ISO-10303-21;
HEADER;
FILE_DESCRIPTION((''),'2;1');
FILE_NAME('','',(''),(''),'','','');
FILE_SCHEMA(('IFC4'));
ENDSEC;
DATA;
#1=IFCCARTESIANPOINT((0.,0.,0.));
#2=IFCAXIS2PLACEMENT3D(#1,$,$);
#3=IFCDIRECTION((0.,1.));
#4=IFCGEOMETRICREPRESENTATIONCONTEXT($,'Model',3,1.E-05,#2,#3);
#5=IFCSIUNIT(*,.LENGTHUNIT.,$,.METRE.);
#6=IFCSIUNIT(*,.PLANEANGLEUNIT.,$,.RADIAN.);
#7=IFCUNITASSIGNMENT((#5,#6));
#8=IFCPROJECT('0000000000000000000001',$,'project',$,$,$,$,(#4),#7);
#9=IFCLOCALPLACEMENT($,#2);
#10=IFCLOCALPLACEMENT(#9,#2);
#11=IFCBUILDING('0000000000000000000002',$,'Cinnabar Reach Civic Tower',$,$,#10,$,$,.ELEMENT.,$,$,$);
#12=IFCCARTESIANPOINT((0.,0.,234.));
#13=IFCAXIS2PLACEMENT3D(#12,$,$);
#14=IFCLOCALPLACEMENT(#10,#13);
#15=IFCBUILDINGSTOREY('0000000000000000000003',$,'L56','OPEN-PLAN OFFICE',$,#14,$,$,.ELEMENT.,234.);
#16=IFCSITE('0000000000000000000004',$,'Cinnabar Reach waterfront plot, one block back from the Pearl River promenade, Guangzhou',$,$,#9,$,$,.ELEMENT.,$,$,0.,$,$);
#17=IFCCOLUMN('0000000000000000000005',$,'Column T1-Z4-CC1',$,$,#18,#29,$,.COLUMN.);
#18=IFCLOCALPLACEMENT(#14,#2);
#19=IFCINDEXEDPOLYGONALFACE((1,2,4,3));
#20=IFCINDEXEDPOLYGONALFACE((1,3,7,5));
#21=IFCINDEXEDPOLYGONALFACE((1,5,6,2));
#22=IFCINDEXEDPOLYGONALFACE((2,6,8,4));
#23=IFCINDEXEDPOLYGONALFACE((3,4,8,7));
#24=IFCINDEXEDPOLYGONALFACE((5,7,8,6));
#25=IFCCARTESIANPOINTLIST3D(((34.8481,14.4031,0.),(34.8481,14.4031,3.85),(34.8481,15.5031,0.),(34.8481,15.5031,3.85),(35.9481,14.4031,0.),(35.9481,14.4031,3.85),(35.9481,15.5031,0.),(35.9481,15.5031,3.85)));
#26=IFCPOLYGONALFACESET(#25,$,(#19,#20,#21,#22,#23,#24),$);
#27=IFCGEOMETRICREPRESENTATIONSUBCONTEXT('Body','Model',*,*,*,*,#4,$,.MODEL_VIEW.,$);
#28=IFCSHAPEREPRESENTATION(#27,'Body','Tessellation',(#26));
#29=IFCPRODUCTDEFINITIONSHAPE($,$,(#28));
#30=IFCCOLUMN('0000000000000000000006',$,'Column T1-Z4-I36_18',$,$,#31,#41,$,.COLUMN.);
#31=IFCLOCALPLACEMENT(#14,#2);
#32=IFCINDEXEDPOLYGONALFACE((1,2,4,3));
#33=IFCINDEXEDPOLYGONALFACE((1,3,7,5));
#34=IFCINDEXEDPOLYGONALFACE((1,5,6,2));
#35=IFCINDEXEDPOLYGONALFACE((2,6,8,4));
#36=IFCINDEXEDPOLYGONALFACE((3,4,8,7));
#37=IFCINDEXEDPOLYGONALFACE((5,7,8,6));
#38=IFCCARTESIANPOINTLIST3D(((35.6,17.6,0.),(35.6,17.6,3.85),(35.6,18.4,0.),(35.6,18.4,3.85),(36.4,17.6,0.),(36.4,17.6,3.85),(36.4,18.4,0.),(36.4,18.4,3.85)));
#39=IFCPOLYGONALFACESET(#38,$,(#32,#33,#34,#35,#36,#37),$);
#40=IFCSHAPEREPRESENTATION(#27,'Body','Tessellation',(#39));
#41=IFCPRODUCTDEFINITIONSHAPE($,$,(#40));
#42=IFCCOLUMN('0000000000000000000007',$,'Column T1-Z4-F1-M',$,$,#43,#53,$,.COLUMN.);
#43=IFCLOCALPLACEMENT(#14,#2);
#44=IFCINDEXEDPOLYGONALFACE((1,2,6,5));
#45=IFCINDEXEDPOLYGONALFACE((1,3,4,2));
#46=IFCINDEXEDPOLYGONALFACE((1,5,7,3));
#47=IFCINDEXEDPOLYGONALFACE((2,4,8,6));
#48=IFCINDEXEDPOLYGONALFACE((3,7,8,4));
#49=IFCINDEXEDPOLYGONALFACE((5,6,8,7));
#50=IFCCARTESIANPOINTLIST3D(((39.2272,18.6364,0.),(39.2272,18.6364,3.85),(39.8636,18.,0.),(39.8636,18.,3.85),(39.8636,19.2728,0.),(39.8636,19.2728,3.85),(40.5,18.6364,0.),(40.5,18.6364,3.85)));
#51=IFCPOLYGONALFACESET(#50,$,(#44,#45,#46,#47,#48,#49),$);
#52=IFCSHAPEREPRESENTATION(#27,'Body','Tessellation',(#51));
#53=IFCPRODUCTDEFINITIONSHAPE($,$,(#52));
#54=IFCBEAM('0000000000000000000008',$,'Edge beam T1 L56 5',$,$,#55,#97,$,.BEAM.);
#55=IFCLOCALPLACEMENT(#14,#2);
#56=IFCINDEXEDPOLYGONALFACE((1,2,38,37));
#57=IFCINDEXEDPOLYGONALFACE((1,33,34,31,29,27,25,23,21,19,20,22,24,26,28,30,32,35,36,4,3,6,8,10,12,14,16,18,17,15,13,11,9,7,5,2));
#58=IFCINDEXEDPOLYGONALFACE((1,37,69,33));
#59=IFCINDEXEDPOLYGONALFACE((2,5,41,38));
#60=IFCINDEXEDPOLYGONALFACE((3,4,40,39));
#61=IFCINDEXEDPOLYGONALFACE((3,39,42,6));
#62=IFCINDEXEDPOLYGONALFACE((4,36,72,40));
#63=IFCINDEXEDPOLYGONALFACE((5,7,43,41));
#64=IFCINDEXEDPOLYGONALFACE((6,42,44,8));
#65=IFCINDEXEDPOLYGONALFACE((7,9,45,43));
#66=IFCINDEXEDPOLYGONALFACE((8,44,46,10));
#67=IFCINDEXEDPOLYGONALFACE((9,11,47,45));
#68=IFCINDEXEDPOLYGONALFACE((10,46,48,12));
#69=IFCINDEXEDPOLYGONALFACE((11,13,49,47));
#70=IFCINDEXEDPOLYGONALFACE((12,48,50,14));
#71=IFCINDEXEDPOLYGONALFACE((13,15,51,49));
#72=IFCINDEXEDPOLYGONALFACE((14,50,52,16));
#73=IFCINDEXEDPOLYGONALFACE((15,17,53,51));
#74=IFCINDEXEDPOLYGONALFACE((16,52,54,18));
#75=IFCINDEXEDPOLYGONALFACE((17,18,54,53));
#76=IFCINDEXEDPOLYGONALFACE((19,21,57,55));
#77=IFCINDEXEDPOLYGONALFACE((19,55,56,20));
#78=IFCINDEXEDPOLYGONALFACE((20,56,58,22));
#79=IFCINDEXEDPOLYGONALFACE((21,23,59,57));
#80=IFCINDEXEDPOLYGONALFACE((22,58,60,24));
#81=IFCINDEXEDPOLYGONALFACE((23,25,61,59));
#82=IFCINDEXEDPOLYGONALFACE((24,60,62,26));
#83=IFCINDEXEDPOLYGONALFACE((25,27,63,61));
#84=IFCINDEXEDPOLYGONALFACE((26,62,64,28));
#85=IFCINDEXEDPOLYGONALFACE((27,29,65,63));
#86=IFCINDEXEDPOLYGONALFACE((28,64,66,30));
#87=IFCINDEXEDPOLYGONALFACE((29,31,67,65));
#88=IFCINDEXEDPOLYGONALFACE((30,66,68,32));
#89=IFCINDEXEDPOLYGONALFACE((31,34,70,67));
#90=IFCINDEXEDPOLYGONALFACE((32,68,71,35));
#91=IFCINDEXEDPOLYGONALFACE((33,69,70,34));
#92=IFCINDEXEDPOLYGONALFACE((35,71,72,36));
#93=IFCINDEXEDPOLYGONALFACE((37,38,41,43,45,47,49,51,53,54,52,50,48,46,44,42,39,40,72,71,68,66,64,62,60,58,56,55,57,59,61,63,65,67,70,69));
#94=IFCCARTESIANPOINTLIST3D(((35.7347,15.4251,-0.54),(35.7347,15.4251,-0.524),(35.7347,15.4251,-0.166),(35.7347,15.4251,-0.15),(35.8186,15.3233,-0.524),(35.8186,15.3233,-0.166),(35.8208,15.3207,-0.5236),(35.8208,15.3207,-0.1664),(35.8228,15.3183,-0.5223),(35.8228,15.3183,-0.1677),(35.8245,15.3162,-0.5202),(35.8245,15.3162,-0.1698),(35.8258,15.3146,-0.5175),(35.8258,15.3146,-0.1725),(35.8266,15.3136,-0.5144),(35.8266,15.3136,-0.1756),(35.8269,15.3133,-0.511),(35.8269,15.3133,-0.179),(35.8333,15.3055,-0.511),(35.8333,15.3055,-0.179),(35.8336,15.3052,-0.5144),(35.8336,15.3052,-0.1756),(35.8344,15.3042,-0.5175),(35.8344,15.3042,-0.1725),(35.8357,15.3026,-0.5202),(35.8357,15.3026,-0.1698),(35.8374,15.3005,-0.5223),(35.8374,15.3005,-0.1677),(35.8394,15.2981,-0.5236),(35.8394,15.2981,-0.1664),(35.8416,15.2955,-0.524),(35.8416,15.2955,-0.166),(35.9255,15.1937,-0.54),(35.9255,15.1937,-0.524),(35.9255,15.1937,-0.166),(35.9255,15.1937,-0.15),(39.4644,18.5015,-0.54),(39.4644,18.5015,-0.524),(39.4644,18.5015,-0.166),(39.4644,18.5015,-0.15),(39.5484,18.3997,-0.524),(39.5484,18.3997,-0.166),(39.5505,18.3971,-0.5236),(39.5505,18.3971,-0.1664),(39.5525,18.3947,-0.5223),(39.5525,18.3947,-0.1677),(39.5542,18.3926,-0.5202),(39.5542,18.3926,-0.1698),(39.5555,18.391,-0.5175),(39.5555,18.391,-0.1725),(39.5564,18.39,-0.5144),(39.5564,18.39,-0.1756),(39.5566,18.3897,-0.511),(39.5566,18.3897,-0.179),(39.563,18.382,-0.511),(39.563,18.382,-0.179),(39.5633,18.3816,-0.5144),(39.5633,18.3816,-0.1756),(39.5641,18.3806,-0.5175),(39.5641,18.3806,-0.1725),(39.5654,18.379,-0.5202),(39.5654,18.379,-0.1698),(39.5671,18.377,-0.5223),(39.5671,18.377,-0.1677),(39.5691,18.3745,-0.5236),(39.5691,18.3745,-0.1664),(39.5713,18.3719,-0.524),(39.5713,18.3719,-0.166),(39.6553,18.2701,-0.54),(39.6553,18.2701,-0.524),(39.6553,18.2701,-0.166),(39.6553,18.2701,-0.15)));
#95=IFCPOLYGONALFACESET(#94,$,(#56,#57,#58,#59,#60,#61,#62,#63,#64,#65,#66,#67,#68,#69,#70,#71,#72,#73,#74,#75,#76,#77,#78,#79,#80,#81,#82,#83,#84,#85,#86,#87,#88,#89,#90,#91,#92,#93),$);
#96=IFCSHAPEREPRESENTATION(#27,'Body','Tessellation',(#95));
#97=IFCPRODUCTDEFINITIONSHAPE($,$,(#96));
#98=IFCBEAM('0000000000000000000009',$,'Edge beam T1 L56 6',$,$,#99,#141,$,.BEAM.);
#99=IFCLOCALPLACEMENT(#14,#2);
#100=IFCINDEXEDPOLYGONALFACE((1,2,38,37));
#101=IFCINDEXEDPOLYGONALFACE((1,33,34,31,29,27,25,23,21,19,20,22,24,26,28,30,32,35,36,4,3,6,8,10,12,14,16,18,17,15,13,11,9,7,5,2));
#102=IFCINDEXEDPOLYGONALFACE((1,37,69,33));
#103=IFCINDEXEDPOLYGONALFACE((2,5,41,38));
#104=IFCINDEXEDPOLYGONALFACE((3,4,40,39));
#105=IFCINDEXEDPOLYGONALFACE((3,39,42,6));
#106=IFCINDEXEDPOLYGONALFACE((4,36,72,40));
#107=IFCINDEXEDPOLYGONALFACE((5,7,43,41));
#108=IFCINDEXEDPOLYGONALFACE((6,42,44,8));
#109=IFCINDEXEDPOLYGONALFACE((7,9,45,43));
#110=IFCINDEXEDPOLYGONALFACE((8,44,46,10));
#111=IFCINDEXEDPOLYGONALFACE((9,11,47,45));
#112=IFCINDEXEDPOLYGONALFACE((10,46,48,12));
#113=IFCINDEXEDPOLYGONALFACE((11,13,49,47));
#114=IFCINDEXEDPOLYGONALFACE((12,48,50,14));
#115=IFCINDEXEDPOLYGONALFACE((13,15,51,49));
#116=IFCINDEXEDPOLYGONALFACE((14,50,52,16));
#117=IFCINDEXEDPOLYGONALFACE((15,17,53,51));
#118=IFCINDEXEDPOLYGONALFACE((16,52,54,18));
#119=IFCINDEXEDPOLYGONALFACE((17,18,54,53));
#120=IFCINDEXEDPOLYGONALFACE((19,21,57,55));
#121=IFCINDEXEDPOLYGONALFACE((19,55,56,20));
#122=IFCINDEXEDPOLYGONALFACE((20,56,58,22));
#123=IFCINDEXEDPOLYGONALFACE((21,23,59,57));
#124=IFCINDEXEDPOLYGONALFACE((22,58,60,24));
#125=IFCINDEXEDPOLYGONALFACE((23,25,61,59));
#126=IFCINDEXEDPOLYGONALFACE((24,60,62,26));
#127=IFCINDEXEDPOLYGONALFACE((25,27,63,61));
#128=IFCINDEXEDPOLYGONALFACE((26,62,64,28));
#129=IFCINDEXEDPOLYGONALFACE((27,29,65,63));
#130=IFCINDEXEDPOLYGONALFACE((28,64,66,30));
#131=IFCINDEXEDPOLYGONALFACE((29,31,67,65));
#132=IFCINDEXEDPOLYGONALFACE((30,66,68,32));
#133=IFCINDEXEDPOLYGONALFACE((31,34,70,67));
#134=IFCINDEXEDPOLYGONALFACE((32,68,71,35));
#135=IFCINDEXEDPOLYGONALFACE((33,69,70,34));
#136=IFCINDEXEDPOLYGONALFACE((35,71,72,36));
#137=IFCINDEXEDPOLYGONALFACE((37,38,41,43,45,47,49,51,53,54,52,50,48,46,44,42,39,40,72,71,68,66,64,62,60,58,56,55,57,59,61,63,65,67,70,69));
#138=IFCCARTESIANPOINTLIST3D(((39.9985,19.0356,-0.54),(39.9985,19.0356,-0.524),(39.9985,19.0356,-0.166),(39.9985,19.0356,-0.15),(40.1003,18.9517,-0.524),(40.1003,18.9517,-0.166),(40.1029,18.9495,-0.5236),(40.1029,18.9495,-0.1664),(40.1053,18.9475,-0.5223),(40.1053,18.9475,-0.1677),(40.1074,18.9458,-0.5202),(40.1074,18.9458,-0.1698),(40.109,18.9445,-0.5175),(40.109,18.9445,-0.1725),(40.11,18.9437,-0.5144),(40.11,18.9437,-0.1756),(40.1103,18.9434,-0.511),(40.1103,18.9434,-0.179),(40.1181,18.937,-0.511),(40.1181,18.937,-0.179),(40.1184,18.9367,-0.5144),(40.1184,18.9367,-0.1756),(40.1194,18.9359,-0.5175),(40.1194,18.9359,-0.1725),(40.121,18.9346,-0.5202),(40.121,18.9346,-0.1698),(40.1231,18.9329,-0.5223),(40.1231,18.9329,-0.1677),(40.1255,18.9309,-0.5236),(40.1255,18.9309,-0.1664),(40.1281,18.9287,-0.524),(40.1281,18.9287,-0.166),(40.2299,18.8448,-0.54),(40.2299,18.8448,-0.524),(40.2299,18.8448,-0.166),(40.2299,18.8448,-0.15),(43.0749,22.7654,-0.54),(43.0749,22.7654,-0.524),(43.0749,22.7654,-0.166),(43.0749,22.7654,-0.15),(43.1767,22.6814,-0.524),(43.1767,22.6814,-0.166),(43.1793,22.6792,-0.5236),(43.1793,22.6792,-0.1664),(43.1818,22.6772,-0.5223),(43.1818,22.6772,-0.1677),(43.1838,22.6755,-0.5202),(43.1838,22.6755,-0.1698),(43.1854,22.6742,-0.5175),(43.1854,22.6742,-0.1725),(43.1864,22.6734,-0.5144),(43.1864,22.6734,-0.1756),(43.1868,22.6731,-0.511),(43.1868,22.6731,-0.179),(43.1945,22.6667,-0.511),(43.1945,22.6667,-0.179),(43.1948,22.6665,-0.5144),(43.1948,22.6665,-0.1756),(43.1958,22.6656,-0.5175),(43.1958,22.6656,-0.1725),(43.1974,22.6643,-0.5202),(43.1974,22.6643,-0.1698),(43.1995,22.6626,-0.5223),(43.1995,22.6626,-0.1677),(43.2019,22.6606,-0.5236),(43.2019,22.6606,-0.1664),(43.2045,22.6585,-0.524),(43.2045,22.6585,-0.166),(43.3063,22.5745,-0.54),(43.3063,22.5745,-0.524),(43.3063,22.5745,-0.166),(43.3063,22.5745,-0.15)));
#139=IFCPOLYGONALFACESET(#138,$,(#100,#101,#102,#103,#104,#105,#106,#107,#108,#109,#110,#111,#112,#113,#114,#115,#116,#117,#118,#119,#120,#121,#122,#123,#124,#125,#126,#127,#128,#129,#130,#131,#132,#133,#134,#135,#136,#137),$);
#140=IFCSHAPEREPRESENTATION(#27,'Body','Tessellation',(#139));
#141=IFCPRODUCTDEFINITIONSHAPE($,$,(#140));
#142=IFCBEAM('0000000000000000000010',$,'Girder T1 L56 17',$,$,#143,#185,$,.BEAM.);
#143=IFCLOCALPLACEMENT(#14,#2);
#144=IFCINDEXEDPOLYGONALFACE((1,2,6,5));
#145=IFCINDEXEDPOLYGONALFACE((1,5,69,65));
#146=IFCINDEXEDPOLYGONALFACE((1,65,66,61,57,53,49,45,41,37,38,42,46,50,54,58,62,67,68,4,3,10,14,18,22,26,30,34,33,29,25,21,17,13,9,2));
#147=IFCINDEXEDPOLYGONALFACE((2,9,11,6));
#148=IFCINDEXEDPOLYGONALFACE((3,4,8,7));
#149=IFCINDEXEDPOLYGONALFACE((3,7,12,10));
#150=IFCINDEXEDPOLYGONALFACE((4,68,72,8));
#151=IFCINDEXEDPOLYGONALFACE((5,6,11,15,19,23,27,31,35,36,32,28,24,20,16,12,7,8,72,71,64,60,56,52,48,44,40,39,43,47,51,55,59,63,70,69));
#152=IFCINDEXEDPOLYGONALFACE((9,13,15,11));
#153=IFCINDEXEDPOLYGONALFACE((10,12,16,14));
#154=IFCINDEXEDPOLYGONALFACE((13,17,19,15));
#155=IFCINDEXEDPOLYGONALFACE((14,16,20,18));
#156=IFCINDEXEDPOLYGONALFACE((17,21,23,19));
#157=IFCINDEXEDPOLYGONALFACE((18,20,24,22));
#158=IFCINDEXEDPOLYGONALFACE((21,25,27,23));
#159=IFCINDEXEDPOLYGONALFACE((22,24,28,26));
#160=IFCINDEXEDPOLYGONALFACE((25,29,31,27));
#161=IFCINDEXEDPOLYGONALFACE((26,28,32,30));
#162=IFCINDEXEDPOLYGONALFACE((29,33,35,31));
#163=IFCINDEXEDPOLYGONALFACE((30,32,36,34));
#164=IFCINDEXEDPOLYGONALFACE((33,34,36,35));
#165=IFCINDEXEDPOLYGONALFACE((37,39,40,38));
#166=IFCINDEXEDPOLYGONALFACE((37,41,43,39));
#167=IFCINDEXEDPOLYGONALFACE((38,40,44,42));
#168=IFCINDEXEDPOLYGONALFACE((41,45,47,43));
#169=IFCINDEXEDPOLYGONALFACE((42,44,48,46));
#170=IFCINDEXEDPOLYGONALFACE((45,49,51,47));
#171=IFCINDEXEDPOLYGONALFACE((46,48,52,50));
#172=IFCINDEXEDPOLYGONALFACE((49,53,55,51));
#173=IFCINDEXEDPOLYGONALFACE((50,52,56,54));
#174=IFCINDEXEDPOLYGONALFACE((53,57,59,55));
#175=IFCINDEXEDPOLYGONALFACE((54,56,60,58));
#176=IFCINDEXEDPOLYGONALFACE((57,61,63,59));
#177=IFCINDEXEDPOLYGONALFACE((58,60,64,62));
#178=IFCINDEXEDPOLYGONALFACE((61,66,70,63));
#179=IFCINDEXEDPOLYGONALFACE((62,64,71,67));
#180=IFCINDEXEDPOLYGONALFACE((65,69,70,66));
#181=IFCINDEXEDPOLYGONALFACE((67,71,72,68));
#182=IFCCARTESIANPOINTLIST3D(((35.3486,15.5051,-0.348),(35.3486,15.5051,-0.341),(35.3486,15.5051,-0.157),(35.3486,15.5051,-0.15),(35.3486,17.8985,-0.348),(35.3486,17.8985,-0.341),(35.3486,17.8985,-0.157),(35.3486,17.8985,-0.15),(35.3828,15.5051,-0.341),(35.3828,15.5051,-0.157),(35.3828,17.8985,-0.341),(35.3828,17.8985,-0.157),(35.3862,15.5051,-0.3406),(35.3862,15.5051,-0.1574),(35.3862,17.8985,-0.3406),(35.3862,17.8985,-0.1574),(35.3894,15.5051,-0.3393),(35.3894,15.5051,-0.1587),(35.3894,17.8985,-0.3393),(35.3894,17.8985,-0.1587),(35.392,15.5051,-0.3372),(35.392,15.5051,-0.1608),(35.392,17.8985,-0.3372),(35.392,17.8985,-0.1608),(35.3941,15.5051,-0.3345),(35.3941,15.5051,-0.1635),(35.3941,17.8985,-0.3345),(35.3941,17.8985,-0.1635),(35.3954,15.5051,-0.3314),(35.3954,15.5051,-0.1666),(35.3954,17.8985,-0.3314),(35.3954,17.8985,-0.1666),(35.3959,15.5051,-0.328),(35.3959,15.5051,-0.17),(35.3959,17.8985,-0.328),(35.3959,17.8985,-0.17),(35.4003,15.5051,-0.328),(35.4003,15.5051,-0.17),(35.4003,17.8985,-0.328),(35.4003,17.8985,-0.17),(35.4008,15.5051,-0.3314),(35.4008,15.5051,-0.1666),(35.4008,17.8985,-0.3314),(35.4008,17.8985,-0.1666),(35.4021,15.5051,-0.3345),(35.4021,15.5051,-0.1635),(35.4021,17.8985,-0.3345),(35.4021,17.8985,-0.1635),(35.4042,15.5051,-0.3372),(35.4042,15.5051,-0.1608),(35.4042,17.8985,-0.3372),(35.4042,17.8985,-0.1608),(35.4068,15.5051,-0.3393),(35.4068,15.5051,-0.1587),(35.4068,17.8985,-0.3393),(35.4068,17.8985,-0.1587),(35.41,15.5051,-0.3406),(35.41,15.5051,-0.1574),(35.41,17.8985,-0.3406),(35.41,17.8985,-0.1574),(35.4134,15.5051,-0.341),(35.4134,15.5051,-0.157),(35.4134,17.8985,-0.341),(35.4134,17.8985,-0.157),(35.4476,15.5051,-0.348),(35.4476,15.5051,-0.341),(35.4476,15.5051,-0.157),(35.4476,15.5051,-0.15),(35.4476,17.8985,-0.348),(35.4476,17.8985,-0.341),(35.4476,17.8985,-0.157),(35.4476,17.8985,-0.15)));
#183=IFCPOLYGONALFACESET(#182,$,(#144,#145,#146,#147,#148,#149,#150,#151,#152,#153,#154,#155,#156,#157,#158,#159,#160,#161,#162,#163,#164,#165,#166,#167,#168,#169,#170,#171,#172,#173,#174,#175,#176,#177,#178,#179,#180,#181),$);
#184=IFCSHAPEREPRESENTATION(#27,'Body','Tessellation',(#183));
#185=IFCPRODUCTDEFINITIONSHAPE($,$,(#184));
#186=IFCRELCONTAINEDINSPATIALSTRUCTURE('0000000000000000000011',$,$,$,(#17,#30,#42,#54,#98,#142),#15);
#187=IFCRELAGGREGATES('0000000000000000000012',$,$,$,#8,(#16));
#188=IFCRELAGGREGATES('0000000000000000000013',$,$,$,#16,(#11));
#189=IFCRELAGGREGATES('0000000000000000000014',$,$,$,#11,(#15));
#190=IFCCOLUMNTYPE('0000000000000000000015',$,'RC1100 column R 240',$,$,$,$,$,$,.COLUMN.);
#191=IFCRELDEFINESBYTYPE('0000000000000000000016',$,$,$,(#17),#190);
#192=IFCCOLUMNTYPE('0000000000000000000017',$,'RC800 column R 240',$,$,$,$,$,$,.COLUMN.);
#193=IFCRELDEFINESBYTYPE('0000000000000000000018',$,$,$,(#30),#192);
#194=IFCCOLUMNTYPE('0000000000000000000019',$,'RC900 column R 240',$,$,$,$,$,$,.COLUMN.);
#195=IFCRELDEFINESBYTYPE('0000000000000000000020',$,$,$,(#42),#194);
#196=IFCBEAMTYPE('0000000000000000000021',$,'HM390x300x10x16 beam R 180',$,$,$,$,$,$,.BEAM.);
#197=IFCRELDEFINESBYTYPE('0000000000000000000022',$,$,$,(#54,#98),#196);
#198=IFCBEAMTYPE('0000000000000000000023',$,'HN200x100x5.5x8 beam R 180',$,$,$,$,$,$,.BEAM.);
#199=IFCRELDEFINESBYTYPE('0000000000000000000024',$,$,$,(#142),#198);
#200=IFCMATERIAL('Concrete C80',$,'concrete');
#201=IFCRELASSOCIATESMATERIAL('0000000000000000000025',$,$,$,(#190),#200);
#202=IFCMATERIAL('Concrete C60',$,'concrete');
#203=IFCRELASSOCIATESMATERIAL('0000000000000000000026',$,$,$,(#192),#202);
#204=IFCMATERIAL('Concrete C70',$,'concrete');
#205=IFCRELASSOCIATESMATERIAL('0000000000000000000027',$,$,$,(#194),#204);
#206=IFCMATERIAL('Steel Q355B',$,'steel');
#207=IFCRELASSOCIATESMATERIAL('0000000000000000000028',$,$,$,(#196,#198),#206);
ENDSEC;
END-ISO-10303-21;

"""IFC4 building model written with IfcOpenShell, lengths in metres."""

from ifc_helpers import new_model, si_unit, direction, frame, origin, origin_2d, place, context, subcontext, project, spatial, rectangle, i_section, extrude, material, material_profile, profile_set, type_object, element, save


model = new_model("IFC4")

# Units and contexts
model_context = context("Model", 3, precision=1e-05, world=origin(), true_north=direction((0.0, 1.0)))
body_context = subcontext(model_context, "Body", "Model", "MODEL_VIEW")
ifc_project = project(units=[si_unit("LENGTHUNIT", "METRE"), si_unit("PLANEANGLEUNIT", "RADIAN")], contexts=[model_context])

# Site, building, storey
site_placement = place(None, origin())
site = spatial("IfcSite", under=ifc_project, at=site_placement, Name="Cinnabar Reach waterfront plot, one block back from the Pearl River promenade, Guangzhou", CompositionType="ELEMENT", RefElevation=0.0)
building_placement = place(site_placement, origin())
building = spatial("IfcBuilding", under=site, at=building_placement, Name="Cinnabar Reach Civic Tower", CompositionType="ELEMENT")
storey_placement = place(building_placement, frame((0.0, 0.0, 234.0)))
storey = spatial("IfcBuildingStorey", under=building, at=storey_placement, Name="L56", Description="OPEN-PLAN OFFICE", CompositionType="ELEMENT", Elevation=234.0)

# Columns
ifc_material_1 = material(Name="Concrete C80", Category="concrete")
ifc_material_profile_1 = material_profile(ifc_material_1, rectangle(XDim=1.1, YDim=1.1, at=origin_2d()), Name="RC1100")
ifc_profile_set_1 = profile_set([ifc_material_profile_1], Name="Concrete C80")
column_type_1 = type_object("IfcColumnType", Name="RC1100 column R 240", PredefinedType="COLUMN", material=ifc_profile_set_1)
column_1_placement = place(storey_placement, frame((35.3981, 14.9531, 0.0), z_axis=(0.0, 0.0, 1.0), x_axis=(1.0, 0.0, 0.0)))
element("IfcColumn", 1, at=column_1_placement, inside=storey, type_object=column_type_1, Name="Column T1-Z4-CC1", PredefinedType="COLUMN", context=body_context, shape_type="SweptSolid", body=[
    extrude(rectangle(XDim=1.1, YDim=1.1, at=origin_2d()), origin(), (0.0, 0.0, 1.0), 3.85),
])
ifc_material_2 = material(Name="Concrete C60", Category="concrete")
ifc_material_profile_2 = material_profile(ifc_material_2, rectangle(XDim=0.8, YDim=0.8, at=origin_2d()), Name="RC800")
ifc_profile_set_2 = profile_set([ifc_material_profile_2], Name="Concrete C60")
column_type_2 = type_object("IfcColumnType", Name="RC800 column R 240", PredefinedType="COLUMN", material=ifc_profile_set_2)
column_2_placement = place(storey_placement, frame((36.0, 18.0, 0.0), z_axis=(0.0, 0.0, 1.0), x_axis=(1.0, 0.0, 0.0)))
element("IfcColumn", 2, at=column_2_placement, inside=storey, type_object=column_type_2, Name="Column T1-Z4-I36_18", PredefinedType="COLUMN", context=body_context, shape_type="SweptSolid", body=[
    extrude(rectangle(XDim=0.8, YDim=0.8, at=origin_2d()), origin(), (0.0, 0.0, 1.0), 3.85),
])
ifc_material_3 = material(Name="Concrete C70", Category="concrete")
ifc_material_profile_3 = material_profile(ifc_material_3, rectangle(XDim=0.9, YDim=0.9, at=origin_2d()), Name="RC900")
ifc_profile_set_3 = profile_set([ifc_material_profile_3], Name="Concrete C70")
column_type_3 = type_object("IfcColumnType", Name="RC900 column R 240", PredefinedType="COLUMN", material=ifc_profile_set_3)
column_3_placement = place(storey_placement, frame((39.8636, 18.6364, 0.0), z_axis=(0.0, 0.0, 1.0), x_axis=(0.707107, 0.707107, 0.0)))
element("IfcColumn", 3, at=column_3_placement, inside=storey, type_object=column_type_3, Name="Column T1-Z4-F1-M", PredefinedType="COLUMN", context=body_context, shape_type="SweptSolid", body=[
    extrude(rectangle(XDim=0.9, YDim=0.9, at=origin_2d()), origin(), (0.0, 0.0, 1.0), 3.85),
])

# Beams
ifc_material_4 = material(Name="Steel Q355B", Category="steel")
ifc_material_profile_4 = material_profile(ifc_material_4, i_section(OverallWidth=0.3, OverallDepth=0.39, WebThickness=0.01, FlangeThickness=0.016, FilletRadius=0.013, at=origin_2d()), Name="HM390x300x10x16")
ifc_profile_set_4 = profile_set([ifc_material_profile_4], Name="Steel Q355B")
beam_type_1 = type_object("IfcBeamType", Name="HM390x300x10x16 beam R 180", PredefinedType="BEAM", material=ifc_profile_set_4)
for number, where, z_axis, x_axis, name in (
    (4, (35.8301, 15.3094, -0.345), (0.771434, 0.636309, 0.0), (-0.636309, 0.771434, 0.0), "Edge beam T1 L56 5"),
    (5, (40.1142, 18.9402, -0.345), (0.636309, 0.771434, 0.0), (-0.771434, 0.636309, 0.0), "Edge beam T1 L56 6"),
):
    element("IfcBeam", number, at=place(storey_placement, frame(where, z_axis=z_axis, x_axis=x_axis)), inside=storey, type_object=beam_type_1, Name=name, PredefinedType="BEAM", context=body_context, shape_type="SweptSolid", body=[
        extrude(i_section(OverallWidth=0.3, OverallDepth=0.39, WebThickness=0.01, FlangeThickness=0.016, FilletRadius=0.013, at=origin_2d()), origin(), (0.0, 0.0, 1.0), 4.8348),
    ])
ifc_material_profile_5 = material_profile(ifc_material_4, i_section(OverallWidth=0.099, OverallDepth=0.198, WebThickness=0.0045, FlangeThickness=0.007, FilletRadius=0.013, at=origin_2d()), Name="HN200x100x5.5x8")
ifc_profile_set_5 = profile_set([ifc_material_profile_5], Name="Steel Q355B")
beam_type_2 = type_object("IfcBeamType", Name="HN200x100x5.5x8 beam R 180", PredefinedType="BEAM", material=ifc_profile_set_5)
beam_1_placement = place(storey_placement, frame((35.3981, 15.5051, -0.249), z_axis=(0.0, 1.0, 0.0), x_axis=(-1.0, 0.0, 0.0)))
element("IfcBeam", 6, at=beam_1_placement, inside=storey, type_object=beam_type_2, Name="Girder T1 L56 17", PredefinedType="BEAM", context=body_context, shape_type="SweptSolid", body=[
    extrude(i_section(OverallWidth=0.099, OverallDepth=0.198, WebThickness=0.0045, FlangeThickness=0.007, FilletRadius=0.013, at=origin_2d()), origin(), (0.0, 0.0, 1.0), 2.3934),
])

save(model, "model.ifc")
